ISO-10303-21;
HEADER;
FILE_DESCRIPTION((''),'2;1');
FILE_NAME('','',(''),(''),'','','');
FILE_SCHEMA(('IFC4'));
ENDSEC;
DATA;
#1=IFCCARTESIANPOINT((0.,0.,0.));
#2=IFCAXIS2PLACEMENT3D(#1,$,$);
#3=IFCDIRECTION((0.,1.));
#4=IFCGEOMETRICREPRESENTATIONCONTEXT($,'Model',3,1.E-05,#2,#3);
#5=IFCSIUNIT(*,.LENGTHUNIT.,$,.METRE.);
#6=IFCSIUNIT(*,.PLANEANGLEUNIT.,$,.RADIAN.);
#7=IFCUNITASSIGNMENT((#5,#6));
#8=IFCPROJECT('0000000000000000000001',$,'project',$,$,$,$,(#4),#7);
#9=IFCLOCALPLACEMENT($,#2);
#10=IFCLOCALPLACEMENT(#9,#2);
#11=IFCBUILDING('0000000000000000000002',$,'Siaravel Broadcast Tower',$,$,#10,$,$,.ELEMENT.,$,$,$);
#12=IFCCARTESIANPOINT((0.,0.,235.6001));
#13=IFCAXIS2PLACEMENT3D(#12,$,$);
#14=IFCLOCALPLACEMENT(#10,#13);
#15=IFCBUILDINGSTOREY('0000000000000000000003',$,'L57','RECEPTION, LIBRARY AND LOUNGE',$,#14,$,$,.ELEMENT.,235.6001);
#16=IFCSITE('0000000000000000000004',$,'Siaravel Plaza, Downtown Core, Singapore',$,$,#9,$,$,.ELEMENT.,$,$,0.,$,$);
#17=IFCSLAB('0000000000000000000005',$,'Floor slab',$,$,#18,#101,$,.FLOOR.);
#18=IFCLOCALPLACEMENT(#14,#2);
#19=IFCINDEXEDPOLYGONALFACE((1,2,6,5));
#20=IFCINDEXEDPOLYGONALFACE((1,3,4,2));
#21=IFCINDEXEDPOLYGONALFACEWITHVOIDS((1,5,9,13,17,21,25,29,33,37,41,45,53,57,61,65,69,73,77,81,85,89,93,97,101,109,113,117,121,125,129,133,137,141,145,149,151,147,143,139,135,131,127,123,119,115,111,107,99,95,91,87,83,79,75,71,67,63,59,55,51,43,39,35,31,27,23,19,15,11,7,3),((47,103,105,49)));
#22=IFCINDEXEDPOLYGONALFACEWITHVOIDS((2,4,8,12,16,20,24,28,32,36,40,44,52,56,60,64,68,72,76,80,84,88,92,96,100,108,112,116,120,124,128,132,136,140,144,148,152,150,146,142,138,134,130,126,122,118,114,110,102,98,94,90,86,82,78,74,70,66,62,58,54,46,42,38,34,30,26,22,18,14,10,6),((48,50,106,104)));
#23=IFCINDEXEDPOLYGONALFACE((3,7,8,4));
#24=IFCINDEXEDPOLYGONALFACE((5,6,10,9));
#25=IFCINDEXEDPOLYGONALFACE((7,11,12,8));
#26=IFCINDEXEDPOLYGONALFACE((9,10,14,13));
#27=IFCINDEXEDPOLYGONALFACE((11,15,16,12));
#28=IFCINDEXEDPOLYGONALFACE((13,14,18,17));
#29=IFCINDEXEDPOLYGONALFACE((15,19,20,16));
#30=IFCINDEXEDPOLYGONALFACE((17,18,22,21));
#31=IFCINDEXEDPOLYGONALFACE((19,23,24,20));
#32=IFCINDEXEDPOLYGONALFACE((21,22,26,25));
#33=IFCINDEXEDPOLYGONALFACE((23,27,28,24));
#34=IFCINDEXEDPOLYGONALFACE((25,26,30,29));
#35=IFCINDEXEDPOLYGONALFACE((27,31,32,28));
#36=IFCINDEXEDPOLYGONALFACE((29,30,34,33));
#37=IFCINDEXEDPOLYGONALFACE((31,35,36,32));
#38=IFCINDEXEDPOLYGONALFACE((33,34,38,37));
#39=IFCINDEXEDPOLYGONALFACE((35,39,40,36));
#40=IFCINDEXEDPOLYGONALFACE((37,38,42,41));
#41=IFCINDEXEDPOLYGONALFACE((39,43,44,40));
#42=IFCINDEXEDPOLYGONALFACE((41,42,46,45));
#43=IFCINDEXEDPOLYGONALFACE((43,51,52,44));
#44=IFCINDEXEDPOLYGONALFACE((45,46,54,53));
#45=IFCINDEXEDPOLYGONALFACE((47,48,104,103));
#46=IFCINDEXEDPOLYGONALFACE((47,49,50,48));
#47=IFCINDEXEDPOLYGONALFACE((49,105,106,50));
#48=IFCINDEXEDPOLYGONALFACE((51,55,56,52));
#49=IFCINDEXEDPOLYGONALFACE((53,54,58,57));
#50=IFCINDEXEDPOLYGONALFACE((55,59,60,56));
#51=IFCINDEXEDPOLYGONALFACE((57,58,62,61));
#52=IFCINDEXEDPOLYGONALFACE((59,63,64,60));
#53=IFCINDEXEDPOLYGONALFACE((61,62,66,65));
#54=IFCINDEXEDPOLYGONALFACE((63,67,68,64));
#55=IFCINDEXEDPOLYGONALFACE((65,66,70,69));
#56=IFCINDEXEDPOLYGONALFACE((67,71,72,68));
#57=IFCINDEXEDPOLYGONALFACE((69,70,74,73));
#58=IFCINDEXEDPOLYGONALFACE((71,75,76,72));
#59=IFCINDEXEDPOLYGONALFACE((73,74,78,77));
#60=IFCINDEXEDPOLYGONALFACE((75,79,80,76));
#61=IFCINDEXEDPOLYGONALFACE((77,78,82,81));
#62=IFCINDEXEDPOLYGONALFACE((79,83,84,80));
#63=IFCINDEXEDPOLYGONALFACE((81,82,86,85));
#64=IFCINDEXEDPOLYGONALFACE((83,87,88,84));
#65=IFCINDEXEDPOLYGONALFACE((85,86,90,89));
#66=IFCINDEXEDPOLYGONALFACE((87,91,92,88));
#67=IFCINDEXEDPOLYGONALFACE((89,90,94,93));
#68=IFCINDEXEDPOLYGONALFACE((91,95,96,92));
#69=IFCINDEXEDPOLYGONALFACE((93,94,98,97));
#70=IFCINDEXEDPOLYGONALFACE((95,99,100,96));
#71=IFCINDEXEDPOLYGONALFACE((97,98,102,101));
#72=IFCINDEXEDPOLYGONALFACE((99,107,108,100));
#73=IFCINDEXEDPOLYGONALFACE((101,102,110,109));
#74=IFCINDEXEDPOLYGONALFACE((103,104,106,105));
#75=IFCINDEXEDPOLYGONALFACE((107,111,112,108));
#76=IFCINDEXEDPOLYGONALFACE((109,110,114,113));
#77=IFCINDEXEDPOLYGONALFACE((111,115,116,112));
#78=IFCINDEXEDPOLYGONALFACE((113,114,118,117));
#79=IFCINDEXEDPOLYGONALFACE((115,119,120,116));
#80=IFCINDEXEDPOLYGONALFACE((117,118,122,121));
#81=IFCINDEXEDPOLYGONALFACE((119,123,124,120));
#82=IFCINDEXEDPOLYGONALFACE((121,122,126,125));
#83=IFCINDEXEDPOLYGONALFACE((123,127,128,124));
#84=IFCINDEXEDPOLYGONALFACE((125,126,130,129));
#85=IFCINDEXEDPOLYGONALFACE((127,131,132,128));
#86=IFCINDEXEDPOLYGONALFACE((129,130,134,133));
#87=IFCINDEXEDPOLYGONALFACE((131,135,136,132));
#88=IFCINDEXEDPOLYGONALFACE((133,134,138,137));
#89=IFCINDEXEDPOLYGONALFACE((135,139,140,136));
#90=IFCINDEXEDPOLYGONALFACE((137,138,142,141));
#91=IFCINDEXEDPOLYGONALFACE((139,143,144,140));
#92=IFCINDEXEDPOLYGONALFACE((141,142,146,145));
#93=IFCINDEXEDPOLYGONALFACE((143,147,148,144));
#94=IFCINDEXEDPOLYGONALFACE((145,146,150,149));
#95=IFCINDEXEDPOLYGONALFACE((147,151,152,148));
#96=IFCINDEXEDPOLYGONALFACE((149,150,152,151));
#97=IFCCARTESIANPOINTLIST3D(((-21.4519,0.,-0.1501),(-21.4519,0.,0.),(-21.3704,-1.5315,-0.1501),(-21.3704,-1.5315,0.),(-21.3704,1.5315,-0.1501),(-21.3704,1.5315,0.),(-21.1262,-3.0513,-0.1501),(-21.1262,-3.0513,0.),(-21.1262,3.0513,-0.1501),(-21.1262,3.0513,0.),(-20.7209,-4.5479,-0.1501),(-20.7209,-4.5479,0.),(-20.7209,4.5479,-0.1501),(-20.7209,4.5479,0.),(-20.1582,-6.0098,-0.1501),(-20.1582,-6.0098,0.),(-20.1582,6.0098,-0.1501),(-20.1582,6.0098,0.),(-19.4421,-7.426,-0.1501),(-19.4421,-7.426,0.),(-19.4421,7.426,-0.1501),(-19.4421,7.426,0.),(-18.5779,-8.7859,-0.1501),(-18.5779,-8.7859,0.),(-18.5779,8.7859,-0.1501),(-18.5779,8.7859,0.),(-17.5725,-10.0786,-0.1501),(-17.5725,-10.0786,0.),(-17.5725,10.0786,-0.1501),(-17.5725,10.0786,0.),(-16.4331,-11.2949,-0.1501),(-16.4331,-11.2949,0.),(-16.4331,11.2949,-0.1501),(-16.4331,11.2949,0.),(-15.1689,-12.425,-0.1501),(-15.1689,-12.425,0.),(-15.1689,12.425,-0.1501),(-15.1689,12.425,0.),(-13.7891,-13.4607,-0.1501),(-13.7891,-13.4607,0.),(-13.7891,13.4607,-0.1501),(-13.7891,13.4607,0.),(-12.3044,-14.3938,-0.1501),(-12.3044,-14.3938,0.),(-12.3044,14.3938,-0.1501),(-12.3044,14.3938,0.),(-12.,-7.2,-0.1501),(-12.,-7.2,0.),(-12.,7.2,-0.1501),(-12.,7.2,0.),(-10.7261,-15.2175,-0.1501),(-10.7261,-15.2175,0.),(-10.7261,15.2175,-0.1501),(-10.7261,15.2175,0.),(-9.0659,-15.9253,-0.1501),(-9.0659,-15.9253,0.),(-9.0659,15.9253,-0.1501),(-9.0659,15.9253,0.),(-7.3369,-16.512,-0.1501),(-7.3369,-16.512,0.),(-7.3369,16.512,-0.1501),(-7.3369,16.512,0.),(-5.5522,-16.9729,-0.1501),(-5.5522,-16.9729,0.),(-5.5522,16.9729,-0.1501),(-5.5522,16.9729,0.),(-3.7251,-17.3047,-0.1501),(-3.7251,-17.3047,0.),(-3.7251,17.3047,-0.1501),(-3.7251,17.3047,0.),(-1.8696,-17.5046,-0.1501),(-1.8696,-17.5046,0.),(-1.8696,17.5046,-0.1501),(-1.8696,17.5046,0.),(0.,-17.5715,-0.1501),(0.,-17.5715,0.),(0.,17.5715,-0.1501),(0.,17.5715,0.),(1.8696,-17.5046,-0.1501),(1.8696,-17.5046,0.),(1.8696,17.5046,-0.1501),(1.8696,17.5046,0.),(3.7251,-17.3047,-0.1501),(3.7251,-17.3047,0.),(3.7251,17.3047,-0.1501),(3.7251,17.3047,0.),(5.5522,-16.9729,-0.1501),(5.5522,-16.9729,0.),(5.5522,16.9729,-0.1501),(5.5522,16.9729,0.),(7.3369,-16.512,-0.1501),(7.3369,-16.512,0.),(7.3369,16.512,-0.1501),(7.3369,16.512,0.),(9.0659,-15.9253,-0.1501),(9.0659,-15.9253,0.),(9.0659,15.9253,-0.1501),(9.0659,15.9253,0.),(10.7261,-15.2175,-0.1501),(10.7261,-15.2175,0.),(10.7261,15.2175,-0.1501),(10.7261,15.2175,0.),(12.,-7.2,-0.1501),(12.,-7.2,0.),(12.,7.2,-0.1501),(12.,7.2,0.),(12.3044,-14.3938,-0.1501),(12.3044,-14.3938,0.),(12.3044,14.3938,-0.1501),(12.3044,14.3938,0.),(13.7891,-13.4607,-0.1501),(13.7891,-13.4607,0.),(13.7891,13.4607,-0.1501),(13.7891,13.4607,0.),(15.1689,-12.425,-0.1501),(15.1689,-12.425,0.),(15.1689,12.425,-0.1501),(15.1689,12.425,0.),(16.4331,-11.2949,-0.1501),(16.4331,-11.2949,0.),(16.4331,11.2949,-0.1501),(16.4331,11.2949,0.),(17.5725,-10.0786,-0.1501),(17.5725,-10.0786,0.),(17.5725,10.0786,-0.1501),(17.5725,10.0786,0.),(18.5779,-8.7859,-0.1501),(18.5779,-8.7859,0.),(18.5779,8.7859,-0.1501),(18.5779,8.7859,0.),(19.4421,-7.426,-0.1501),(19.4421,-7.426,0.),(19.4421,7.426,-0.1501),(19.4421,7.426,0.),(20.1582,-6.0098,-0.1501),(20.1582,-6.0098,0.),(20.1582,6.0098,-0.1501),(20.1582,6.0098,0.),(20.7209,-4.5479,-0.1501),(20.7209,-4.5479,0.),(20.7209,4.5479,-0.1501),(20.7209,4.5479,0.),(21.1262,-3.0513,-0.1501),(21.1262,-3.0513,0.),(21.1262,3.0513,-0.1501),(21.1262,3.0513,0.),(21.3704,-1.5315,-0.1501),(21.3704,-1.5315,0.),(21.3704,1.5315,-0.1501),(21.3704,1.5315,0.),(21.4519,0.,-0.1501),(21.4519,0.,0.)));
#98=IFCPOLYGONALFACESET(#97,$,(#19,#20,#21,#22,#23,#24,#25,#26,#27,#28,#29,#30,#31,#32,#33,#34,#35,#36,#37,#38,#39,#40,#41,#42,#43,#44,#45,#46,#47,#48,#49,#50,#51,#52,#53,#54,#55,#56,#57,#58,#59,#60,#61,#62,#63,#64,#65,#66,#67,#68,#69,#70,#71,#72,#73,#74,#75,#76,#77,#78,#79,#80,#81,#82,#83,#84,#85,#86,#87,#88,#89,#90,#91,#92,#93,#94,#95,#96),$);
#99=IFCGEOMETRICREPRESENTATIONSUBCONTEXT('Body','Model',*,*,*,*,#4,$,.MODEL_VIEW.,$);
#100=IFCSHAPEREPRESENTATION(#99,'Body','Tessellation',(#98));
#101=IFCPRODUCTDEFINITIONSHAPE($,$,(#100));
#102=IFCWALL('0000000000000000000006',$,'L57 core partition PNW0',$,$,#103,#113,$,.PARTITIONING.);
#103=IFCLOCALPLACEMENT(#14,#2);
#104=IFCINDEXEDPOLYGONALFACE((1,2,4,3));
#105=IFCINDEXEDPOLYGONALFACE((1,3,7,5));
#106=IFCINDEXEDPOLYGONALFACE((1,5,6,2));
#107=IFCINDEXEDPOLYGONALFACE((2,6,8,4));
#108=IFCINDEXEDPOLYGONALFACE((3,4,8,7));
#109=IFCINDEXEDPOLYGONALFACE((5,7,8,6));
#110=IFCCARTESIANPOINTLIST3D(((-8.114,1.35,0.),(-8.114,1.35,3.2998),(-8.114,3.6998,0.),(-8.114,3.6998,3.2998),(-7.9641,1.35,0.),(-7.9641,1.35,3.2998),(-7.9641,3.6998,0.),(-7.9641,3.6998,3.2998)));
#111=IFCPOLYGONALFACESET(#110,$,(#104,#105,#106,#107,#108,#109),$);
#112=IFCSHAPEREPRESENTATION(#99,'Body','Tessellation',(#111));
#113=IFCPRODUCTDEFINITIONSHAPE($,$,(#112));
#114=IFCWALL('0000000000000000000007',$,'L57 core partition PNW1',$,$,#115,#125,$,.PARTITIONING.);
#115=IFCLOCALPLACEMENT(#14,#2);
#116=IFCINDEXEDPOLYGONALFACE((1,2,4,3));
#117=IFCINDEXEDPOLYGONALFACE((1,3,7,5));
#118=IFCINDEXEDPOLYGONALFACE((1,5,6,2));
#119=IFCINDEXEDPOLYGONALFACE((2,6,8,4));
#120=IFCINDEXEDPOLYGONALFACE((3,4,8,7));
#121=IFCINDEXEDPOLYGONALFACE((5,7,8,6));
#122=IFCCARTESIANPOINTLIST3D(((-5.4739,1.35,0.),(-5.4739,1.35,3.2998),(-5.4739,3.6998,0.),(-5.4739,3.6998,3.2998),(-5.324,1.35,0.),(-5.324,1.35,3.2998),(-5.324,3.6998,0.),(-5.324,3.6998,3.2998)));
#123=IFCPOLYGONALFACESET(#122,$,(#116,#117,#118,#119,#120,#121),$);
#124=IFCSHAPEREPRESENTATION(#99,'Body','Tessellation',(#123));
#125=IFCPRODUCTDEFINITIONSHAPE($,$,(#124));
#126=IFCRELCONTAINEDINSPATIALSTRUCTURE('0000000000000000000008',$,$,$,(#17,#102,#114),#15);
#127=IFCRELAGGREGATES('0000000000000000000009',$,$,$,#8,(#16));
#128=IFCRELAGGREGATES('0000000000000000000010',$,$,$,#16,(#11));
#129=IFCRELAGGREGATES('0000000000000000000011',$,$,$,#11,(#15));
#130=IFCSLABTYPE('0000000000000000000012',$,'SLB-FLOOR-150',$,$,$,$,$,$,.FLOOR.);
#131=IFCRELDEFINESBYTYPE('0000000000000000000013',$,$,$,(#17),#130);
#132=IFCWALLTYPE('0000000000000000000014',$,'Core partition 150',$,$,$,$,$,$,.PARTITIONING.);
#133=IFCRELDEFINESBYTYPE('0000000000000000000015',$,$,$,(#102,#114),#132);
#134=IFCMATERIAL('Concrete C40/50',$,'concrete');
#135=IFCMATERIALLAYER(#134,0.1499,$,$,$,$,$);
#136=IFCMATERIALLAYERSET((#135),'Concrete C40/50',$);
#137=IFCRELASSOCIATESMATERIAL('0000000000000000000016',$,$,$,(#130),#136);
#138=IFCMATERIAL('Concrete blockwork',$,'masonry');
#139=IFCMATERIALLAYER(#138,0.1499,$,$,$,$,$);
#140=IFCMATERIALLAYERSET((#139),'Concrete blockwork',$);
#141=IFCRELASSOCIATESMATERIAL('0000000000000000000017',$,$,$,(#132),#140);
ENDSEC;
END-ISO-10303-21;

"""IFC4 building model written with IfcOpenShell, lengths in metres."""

from ifc_helpers import new_model, si_unit, direction, frame, frame_2d, origin, place, context, subcontext, project, spatial, polyline, rectangle, outline, extrude, material, layer, layer_set, type_object, element, save


model = new_model("IFC4")

# Units and contexts
model_context = context("Model", 3, precision=1e-05, world=origin(), true_north=direction((0.0, 1.0)))
body_context = subcontext(model_context, "Body", "Model", "MODEL_VIEW")
ifc_project = project(units=[si_unit("LENGTHUNIT", "METRE"), si_unit("PLANEANGLEUNIT", "RADIAN")], contexts=[model_context])

# Site, building, storey
site_placement = place(None, origin())
site = spatial("IfcSite", under=ifc_project, at=site_placement, Name="Siaravel Plaza, Downtown Core, Singapore", CompositionType="ELEMENT", RefElevation=0.0)
building_placement = place(site_placement, origin())
building = spatial("IfcBuilding", under=site, at=building_placement, Name="Siaravel Broadcast Tower", CompositionType="ELEMENT")
storey_placement = place(building_placement, frame((0.0, 0.0, 235.6001)))
storey = spatial("IfcBuildingStorey", under=building, at=storey_placement, Name="L57", Description="RECEPTION, LIBRARY AND LOUNGE", CompositionType="ELEMENT", Elevation=235.6001)

# Slab
ifc_material_1 = material(Name="Concrete C40/50", Category="concrete")
ifc_layer_1 = layer(ifc_material_1, 0.1499)
ifc_layer_set_1 = layer_set([ifc_layer_1], Name="Concrete C40/50")
slab_type = type_object("IfcSlabType", Name="SLB-FLOOR-150", PredefinedType="FLOOR", material=ifc_layer_set_1)
slab_placement = place(storey_placement, frame((0.0, 0.0, -0.1501)))
element("IfcSlab", 1, at=slab_placement, inside=storey, type_object=slab_type, Name="Floor slab", PredefinedType="FLOOR", context=body_context, shape_type="SweptSolid", body=[
    extrude(outline(polyline([(21.4519, 0.0), (21.3704, 1.5315), (21.1262, 3.0513), (20.7209, 4.5479), (20.1582, 6.0098), (19.4421, 7.426), (18.5779, 8.7859), (17.5725, 10.0786), (16.4331, 11.2949), (15.1689, 12.425), (13.7891, 13.4607), (12.3044, 14.3938), (10.7261, 15.2175), (9.0659, 15.9253), (7.3369, 16.512), (5.5522, 16.9729), (3.7251, 17.3047), (1.8696, 17.5046), (0.0, 17.5715), (-1.8696, 17.5046), (-3.7251, 17.3047), (-5.5522, 16.9729), (-7.3369, 16.512), (-9.0659, 15.9253), (-10.7261, 15.2175), (-12.3044, 14.3938), (-13.7891, 13.4607), (-15.1689, 12.425), (-16.4331, 11.2949), (-17.5725, 10.0786), (-18.5779, 8.7859), (-19.4421, 7.426), (-20.1582, 6.0098), (-20.7209, 4.5479), (-21.1262, 3.0513), (-21.3704, 1.5315), (-21.4519, 0.0), (-21.3704, -1.5315), (-21.1262, -3.0513), (-20.7209, -4.5479), (-20.1582, -6.0098), (-19.4421, -7.426), (-18.5779, -8.7859), (-17.5725, -10.0786), (-16.4331, -11.2949), (-15.1689, -12.425), (-13.7891, -13.4607), (-12.3044, -14.3938), (-10.7261, -15.2175), (-9.0659, -15.9253), (-7.3369, -16.512), (-5.5522, -16.9729), (-3.7251, -17.3047), (-1.8696, -17.5046), (0.0, -17.5715), (1.8696, -17.5046), (3.7251, -17.3047), (5.5522, -16.9729), (7.3369, -16.512), (9.0659, -15.9253), (10.7261, -15.2175), (12.3044, -14.3938), (13.7891, -13.4607), (15.1689, -12.425), (16.4331, -11.2949), (17.5725, -10.0786), (18.5779, -8.7859), (19.4421, -7.426), (20.1582, -6.0098), (20.7209, -4.5479), (21.1262, -3.0513), (21.3704, -1.5315), (21.4519, 0.0)]), holes=[polyline([(-12.0, 7.2), (12.0, 7.2), (12.0, -7.2), (-12.0, -7.2), (-12.0, 7.2)])]), origin(), (0.0, 0.0, 1.0), 0.1501),
])

# Walls
ifc_material_2 = material(Name="Concrete blockwork", Category="masonry")
ifc_layer_2 = layer(ifc_material_2, 0.1499)
ifc_layer_set_2 = layer_set([ifc_layer_2], Name="Concrete blockwork")
wall_type_1 = type_object("IfcWallType", Name="Core partition 150", PredefinedType="PARTITIONING", material=ifc_layer_set_2)
for number, where, z_axis, x_axis, name in (
    (2, (-8.0391, 1.3501, 0.0), (0.0, 0.0, 1.0), (0.0, 1.0, 0.0), "L57 core partition PNW0"),
    (3, (-5.3989, 1.3501, 0.0), (0.0, 0.0, 1.0), (0.0, 1.0, 0.0), "L57 core partition PNW1"),
):
    element("IfcWall", number, at=place(storey_placement, frame(where, z_axis=z_axis, x_axis=x_axis)), inside=storey, type_object=wall_type_1, Name=name, PredefinedType="PARTITIONING", context=body_context, shape_type="SweptSolid", body=[
        extrude(rectangle(XDim=2.3499, YDim=0.1499, at=frame_2d((1.1748, 0.0))), origin(), (0.0, 0.0, 1.0), 3.2998),
    ])

save(model, "model.ifc")
